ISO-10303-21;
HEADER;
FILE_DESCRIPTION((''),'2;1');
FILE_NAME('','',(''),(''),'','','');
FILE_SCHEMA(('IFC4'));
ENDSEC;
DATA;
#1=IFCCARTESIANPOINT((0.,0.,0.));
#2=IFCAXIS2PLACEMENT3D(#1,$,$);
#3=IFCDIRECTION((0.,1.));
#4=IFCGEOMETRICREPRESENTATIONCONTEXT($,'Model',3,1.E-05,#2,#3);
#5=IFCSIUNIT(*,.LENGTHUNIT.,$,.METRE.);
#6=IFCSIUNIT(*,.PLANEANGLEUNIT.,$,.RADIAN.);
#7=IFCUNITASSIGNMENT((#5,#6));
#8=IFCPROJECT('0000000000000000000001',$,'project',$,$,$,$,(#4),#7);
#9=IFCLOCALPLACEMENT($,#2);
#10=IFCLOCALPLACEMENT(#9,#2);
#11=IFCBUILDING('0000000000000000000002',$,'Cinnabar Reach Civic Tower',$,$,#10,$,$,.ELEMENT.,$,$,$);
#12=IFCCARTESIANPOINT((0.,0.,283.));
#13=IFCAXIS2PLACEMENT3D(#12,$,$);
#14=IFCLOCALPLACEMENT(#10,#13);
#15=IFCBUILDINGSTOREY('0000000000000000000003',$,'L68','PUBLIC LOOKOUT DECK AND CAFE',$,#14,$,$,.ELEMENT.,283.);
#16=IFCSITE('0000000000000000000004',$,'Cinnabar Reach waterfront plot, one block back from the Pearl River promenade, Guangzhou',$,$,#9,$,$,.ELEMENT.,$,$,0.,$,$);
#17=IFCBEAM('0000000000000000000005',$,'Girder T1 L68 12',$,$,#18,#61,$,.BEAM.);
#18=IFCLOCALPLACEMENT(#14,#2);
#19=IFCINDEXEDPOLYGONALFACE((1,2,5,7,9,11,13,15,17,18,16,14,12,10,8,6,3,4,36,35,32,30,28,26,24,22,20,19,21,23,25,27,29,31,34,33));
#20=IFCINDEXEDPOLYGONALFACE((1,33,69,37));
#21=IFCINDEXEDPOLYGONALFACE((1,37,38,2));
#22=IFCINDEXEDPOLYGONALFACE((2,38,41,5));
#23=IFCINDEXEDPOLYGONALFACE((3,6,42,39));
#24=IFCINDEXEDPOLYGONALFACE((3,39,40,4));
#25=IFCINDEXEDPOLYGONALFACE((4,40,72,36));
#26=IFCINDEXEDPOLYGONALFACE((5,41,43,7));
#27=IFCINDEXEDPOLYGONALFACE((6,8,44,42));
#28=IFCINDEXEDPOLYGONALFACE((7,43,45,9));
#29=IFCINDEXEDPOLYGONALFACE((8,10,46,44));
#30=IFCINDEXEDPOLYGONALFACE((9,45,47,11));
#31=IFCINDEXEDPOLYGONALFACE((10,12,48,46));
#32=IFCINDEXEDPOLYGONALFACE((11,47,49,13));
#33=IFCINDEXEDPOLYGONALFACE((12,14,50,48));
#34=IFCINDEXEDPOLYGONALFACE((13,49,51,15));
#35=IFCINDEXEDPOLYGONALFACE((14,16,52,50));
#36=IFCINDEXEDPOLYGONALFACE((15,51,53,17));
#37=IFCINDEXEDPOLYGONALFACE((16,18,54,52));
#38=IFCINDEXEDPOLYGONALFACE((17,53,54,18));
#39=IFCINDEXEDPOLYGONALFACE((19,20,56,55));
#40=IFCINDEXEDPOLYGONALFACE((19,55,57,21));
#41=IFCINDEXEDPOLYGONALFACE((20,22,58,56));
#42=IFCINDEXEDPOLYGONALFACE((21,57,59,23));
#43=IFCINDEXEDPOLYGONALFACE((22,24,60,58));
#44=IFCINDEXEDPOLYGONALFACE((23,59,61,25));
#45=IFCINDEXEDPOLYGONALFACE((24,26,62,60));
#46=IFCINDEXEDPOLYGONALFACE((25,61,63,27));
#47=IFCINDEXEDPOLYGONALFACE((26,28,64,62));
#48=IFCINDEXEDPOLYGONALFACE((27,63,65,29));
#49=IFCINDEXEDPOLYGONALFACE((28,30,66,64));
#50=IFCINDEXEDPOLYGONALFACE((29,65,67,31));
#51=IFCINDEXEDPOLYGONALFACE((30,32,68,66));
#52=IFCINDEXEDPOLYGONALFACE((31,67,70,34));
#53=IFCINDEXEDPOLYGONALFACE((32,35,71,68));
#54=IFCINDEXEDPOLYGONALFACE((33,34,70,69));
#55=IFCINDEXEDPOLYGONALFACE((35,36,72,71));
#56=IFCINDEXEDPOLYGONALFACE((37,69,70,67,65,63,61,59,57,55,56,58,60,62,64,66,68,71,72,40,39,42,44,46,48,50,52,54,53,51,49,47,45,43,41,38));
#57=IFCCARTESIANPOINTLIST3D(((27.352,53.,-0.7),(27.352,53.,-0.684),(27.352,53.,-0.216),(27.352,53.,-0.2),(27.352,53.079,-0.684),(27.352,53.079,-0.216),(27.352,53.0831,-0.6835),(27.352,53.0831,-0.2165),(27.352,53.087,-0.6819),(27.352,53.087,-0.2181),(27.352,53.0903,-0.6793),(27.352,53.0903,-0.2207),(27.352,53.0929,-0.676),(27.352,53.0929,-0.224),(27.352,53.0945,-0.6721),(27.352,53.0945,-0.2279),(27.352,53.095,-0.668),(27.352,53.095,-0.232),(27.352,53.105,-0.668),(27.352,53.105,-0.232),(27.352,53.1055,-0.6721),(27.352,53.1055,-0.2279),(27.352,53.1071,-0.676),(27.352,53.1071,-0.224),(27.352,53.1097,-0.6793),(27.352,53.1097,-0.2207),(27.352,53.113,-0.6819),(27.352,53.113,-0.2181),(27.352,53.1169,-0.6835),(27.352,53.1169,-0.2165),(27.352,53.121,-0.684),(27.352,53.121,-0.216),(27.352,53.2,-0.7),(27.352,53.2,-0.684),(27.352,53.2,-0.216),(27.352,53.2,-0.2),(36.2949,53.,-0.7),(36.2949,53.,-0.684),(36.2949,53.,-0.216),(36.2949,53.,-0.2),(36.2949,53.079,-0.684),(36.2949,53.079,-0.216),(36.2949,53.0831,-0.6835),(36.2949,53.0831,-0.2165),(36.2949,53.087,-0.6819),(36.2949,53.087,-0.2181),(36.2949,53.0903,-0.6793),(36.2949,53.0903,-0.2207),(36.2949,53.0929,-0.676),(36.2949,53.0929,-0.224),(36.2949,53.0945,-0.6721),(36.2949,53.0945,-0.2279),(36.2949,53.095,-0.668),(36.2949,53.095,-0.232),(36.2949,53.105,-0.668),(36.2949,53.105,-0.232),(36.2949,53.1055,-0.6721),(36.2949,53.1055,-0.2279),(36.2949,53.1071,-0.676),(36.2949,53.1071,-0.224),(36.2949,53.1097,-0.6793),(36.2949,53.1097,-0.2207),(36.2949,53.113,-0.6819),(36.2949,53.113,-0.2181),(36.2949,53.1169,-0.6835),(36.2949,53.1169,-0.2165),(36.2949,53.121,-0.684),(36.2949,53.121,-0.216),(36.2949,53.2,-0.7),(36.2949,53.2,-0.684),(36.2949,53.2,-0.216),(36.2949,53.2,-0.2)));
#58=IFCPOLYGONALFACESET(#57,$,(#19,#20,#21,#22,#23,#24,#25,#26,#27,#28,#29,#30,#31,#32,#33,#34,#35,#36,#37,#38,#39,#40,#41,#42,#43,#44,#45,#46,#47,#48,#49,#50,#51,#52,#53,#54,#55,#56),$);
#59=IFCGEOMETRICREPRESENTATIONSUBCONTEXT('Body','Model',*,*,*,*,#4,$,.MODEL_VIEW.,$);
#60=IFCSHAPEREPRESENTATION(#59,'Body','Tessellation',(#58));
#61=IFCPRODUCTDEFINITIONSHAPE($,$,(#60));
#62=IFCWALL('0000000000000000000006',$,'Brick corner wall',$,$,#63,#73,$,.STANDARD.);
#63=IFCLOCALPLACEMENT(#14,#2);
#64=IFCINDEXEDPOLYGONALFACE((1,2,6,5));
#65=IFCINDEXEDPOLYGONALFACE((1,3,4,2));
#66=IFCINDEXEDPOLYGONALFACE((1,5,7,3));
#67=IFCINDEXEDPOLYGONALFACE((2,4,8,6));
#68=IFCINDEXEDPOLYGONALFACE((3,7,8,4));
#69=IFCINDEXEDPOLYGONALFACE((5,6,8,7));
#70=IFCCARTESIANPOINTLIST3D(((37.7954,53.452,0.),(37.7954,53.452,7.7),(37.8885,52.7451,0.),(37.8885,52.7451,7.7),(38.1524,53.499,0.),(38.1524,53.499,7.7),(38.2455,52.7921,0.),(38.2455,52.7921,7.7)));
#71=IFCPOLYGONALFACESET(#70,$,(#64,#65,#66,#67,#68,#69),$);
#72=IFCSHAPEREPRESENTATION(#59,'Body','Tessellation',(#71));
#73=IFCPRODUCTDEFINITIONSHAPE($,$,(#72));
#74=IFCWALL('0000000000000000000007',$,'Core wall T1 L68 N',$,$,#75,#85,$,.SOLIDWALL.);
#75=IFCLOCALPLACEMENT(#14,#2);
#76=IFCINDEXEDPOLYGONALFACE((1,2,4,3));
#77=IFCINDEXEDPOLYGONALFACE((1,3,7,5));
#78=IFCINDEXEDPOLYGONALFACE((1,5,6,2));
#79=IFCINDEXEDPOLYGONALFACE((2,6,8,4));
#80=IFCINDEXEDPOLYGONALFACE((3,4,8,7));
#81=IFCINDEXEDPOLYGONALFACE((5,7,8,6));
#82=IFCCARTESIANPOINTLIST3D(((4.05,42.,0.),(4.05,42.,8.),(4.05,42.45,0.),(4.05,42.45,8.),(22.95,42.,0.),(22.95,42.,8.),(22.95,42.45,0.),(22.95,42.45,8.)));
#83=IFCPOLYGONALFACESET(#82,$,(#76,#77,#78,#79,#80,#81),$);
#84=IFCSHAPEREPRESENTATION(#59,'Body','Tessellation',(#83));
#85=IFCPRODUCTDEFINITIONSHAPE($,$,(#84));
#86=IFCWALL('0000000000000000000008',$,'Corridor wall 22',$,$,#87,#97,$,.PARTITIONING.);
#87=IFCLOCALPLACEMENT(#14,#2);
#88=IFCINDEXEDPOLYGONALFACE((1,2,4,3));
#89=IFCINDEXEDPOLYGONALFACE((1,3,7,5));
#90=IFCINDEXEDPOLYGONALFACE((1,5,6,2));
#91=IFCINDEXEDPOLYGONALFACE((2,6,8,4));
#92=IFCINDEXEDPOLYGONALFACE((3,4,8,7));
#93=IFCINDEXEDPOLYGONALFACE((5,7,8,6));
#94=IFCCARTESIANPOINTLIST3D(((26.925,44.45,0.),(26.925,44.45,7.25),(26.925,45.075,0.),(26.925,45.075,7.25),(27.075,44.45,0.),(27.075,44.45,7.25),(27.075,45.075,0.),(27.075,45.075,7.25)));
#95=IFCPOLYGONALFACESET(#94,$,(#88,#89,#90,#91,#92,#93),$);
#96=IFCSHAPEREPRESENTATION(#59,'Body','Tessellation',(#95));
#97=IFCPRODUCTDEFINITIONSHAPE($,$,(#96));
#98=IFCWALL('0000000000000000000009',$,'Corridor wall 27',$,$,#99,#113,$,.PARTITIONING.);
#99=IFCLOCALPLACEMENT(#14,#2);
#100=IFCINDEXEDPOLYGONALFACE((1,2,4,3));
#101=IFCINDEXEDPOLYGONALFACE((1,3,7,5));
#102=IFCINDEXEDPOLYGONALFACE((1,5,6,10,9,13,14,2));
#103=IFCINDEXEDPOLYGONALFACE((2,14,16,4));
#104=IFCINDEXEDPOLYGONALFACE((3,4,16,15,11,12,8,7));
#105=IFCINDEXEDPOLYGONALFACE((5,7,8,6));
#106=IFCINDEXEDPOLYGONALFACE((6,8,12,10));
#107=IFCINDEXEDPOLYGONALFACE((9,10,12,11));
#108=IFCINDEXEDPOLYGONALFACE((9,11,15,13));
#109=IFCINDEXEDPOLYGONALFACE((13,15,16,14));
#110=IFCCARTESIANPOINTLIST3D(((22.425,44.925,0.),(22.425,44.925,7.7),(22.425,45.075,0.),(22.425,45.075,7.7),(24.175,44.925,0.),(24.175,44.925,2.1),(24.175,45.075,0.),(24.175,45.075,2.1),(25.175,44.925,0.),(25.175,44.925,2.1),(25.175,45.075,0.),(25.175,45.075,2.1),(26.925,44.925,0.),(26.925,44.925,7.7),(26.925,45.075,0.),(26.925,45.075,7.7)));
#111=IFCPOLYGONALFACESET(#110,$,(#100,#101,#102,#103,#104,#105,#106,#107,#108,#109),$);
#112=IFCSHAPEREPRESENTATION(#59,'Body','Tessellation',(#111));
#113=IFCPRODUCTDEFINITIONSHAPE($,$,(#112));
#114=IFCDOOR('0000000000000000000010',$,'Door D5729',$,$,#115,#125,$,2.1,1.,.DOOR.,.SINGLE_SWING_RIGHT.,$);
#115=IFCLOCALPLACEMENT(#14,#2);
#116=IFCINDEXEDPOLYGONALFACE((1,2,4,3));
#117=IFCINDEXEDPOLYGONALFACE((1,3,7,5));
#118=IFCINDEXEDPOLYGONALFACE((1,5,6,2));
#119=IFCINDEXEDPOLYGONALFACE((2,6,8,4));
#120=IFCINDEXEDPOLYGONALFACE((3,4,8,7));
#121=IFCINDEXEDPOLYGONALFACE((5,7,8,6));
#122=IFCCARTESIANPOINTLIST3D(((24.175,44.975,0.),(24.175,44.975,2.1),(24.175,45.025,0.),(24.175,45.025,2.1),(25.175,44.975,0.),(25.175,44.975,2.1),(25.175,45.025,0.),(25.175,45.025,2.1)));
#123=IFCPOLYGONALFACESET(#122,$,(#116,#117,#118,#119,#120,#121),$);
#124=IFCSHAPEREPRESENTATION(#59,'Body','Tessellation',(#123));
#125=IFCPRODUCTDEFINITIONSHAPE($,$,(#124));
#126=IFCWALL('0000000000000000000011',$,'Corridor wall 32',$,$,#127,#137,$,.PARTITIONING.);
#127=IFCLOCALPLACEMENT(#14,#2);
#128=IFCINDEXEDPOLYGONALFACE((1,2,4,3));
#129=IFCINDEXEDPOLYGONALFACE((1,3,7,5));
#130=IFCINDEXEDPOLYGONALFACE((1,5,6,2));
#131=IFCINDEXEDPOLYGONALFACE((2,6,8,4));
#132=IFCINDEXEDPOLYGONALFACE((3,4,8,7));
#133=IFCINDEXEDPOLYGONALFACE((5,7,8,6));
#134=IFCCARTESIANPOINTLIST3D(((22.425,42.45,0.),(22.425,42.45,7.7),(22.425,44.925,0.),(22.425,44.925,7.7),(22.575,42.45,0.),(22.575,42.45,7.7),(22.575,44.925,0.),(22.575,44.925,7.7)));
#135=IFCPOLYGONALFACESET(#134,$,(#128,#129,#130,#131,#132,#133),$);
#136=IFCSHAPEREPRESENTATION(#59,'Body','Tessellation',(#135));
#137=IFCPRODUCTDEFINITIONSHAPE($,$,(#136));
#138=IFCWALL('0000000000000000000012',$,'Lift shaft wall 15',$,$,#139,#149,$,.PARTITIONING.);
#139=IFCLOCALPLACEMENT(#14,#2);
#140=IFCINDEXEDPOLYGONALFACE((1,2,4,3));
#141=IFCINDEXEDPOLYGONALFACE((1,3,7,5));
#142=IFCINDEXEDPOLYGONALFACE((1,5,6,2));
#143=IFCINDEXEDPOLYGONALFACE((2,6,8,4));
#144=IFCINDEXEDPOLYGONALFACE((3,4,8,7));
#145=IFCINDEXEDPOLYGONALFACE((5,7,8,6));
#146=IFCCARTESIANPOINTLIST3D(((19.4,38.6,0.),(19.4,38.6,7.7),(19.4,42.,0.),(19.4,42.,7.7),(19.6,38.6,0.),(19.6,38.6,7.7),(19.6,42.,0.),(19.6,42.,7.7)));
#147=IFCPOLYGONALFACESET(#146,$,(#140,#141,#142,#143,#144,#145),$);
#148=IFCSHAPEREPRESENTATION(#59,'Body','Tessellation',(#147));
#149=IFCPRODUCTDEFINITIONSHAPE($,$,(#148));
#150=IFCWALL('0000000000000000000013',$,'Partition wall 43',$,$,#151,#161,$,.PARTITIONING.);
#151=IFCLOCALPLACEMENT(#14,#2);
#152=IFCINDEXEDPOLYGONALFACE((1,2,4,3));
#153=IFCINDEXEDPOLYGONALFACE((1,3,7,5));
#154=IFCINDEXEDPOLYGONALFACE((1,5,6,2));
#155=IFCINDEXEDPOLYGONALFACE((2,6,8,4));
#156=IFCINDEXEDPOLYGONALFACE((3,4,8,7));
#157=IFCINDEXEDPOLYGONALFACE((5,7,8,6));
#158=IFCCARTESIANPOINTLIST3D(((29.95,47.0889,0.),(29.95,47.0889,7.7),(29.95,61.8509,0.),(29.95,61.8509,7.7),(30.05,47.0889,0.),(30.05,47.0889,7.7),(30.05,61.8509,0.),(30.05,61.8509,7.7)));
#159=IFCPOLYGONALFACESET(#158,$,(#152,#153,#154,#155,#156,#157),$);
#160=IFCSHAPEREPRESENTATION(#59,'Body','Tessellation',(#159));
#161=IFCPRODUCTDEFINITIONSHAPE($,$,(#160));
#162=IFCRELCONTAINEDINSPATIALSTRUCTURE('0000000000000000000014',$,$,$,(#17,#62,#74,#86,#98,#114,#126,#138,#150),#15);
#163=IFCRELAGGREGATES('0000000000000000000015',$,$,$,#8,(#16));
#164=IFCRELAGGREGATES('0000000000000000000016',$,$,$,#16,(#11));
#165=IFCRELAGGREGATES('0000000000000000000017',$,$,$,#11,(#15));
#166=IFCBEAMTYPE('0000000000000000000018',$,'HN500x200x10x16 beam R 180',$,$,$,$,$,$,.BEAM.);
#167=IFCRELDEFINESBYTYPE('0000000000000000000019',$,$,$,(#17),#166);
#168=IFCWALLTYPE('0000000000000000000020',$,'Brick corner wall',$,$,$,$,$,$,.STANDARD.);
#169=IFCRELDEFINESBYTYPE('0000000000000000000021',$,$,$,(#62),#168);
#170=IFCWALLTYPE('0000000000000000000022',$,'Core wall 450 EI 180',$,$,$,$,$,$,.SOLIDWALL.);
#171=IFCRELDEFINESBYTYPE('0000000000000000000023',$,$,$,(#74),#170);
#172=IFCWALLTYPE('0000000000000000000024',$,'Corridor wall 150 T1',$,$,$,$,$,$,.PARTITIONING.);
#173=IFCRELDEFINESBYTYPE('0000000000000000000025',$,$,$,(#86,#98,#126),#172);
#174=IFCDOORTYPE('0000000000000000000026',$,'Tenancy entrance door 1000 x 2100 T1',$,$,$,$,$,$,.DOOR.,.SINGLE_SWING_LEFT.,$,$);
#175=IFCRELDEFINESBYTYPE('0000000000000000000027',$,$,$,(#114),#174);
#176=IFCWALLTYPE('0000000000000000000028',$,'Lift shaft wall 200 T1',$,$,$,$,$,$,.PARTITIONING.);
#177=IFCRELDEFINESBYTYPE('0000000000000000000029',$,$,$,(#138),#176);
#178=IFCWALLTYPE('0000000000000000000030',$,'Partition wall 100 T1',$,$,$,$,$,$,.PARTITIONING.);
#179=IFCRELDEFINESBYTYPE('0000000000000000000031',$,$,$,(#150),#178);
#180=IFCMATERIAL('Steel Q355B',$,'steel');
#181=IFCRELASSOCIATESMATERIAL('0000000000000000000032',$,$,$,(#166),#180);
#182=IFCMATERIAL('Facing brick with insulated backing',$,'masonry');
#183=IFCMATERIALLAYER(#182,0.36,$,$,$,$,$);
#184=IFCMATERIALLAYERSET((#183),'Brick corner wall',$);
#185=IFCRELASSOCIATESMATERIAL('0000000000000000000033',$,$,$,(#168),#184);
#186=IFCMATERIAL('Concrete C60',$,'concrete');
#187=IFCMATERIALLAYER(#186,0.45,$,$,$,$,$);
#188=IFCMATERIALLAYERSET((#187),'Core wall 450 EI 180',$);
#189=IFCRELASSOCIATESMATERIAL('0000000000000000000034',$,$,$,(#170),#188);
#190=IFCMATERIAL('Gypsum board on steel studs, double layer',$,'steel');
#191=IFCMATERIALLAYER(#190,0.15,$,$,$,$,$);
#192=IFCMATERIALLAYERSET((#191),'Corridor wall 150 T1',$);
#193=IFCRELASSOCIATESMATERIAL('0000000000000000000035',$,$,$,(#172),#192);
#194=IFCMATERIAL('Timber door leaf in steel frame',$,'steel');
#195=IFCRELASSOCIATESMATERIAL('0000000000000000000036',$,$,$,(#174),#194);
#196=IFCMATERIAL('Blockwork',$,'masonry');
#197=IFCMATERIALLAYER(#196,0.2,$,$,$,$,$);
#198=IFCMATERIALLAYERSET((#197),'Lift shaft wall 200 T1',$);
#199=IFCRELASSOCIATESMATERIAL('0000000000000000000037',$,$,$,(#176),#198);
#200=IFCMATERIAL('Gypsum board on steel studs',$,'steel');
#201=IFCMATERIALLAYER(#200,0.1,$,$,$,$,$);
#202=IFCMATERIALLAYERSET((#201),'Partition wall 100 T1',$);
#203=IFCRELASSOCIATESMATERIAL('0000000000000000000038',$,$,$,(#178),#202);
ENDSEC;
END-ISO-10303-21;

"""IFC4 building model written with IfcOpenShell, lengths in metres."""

from ifc_helpers import new_model, si_unit, direction, frame, frame_2d, origin, origin_2d, place, context, subcontext, project, spatial, rectangle, i_section, extrude, material, layer, layer_set, material_profile, profile_set, type_object, element, fill, save


model = new_model("IFC4")

# Units and contexts
model_context = context("Model", 3, precision=1e-05, world=origin(), true_north=direction((0.0, 1.0)))
body_context = subcontext(model_context, "Body", "Model", "MODEL_VIEW")
ifc_project = project(units=[si_unit("LENGTHUNIT", "METRE"), si_unit("PLANEANGLEUNIT", "RADIAN")], contexts=[model_context])

# Site, building, storey
site_placement = place(None, origin())
site = spatial("IfcSite", under=ifc_project, at=site_placement, Name="Cinnabar Reach waterfront plot, one block back from the Pearl River promenade, Guangzhou", CompositionType="ELEMENT", RefElevation=0.0)
building_placement = place(site_placement, origin())
building = spatial("IfcBuilding", under=site, at=building_placement, Name="Cinnabar Reach Civic Tower", CompositionType="ELEMENT")
storey_placement = place(building_placement, frame((0.0, 0.0, 283.0)))
storey = spatial("IfcBuildingStorey", under=building, at=storey_placement, Name="L68", Description="PUBLIC LOOKOUT DECK AND CAFE", CompositionType="ELEMENT", Elevation=283.0)

# Shared definitions
ifc_material_1 = material(Name="Concrete C60", Category="concrete")

# Beam
ifc_material_2 = material(Name="Steel Q355B", Category="steel")
ifc_material_profile_1 = material_profile(ifc_material_2, i_section(OverallWidth=0.2, OverallDepth=0.5, WebThickness=0.01, FlangeThickness=0.016, FilletRadius=0.016, at=origin_2d()), Name="HN500x200x10x16")
ifc_profile_set_1 = profile_set([ifc_material_profile_1], Name="Steel Q355B")
beam_type_1 = type_object("IfcBeamType", Name="HN500x200x10x16 beam R 180", PredefinedType="BEAM", material=ifc_profile_set_1)
beam_1_placement = place(storey_placement, frame((27.352, 53.1, -0.45), z_axis=(1.0, 0.0, 0.0), x_axis=(0.0, 1.0, 0.0)))
element("IfcBeam", 1, at=beam_1_placement, inside=storey, type_object=beam_type_1, Name="Girder T1 L68 12", PredefinedType="BEAM", context=body_context, shape_type="SweptSolid", body=[
    extrude(i_section(OverallWidth=0.2, OverallDepth=0.5, WebThickness=0.01, FlangeThickness=0.016, FilletRadius=0.016, at=origin_2d()), origin(), (0.0, 0.0, 1.0), 8.9429),
])

# Walls
ifc_material_3 = material(Name="Facing brick with insulated backing", Category="masonry")
ifc_layer_1 = layer(ifc_material_3, 0.36)
ifc_layer_set_1 = layer_set([ifc_layer_1], Name="Brick corner wall")
wall_type_1 = type_object("IfcWallType", Name="Brick corner wall", PredefinedType="STANDARD", material=ifc_layer_set_1)
wall_1_placement = place(storey_placement, frame((38.067, 52.7686, 0.0), z_axis=(0.0, 0.0, 1.0), x_axis=(-0.130556, 0.991441, 0.0)))
element("IfcWall", 2, at=wall_1_placement, inside=storey, type_object=wall_type_1, Name="Brick corner wall", PredefinedType="STANDARD", context=body_context, shape_type="SweptSolid", body=[
    extrude(rectangle(XDim=0.7131, YDim=0.36, at=frame_2d((0.3565, 0.0))), origin(), (0.0, 0.0, 1.0), 7.7),
])
ifc_layer_2 = layer(ifc_material_1, 0.45)
ifc_layer_set_2 = layer_set([ifc_layer_2], Name="Core wall 450 EI 180")
wall_type_2 = type_object("IfcWallType", Name="Core wall 450 EI 180", PredefinedType="SOLIDWALL", material=ifc_layer_set_2)
wall_2_placement = place(storey_placement, frame((22.95, 42.225, 0.0), z_axis=(0.0, 0.0, 1.0), x_axis=(-1.0, 0.0, 0.0)))
element("IfcWall", 3, at=wall_2_placement, inside=storey, type_object=wall_type_2, Name="Core wall T1 L68 N", PredefinedType="SOLIDWALL", context=body_context, shape_type="SweptSolid", body=[
    extrude(rectangle(XDim=18.9, YDim=0.45, at=frame_2d((9.45, 0.0))), origin(), (0.0, 0.0, 1.0), 8.0),
])
ifc_material_4 = material(Name="Gypsum board on steel studs, double layer", Category="steel")
ifc_layer_3 = layer(ifc_material_4, 0.15)
ifc_layer_set_3 = layer_set([ifc_layer_3], Name="Corridor wall 150 T1")
wall_type_3 = type_object("IfcWallType", Name="Corridor wall 150 T1", PredefinedType="PARTITIONING", material=ifc_layer_set_3)
wall_3_placement = place(storey_placement, frame((27.0, 44.45, 0.0), z_axis=(0.0, 0.0, 1.0), x_axis=(0.0, 1.0, 0.0)))
element("IfcWall", 4, at=wall_3_placement, inside=storey, type_object=wall_type_3, Name="Corridor wall 22", PredefinedType="PARTITIONING", context=body_context, shape_type="SweptSolid", body=[
    extrude(rectangle(XDim=0.625, YDim=0.15, at=frame_2d((0.3125, 0.0))), origin(), (0.0, 0.0, 1.0), 7.25),
])

# Wall, opening, door
wall_4_placement = place(storey_placement, frame((22.425, 45.0, 0.0), z_axis=(0.0, 0.0, 1.0), x_axis=(1.0, 0.0, 0.0)))
wall_4 = element("IfcWall", 5, at=wall_4_placement, inside=storey, type_object=wall_type_3, Name="Corridor wall 27", PredefinedType="PARTITIONING", context=body_context, shape_type="SweptSolid", body=[
    extrude(rectangle(XDim=4.5, YDim=0.15, at=frame_2d((2.25, 0.0))), origin(), (0.0, 0.0, 1.0), 7.7),
])
opening_1_placement = place(wall_4_placement, frame((1.75, 0.0, 0.0)))
opening_1 = element("IfcOpeningElement", 6, at=opening_1_placement, cuts=wall_4, PredefinedType="OPENING", context=body_context, shape_type="SweptSolid", body=[
    extrude(rectangle(XDim=1.0, YDim=2.1, at=frame_2d((0.5, 1.05))), frame((0.0, 0.085, 0.0), z_axis=(0.0, -1.0, 0.0), x_axis=(1.0, 0.0, 0.0)), (0.0, 0.0, 1.0), 0.17),
])
ifc_material_5 = material(Name="Timber door leaf in steel frame", Category="steel")
door_type_1 = type_object("IfcDoorType", Name="Tenancy entrance door 1000 x 2100 T1", OperationType="SINGLE_SWING_LEFT", PredefinedType="DOOR", material=ifc_material_5)
door_1_placement = place(opening_1_placement, origin())
door_1 = element("IfcDoor", 7, at=door_1_placement, inside=storey, type_object=door_type_1, Name="Door D5729", OperationType="SINGLE_SWING_RIGHT", OverallHeight=2.1, OverallWidth=1.0, PredefinedType="DOOR", context=body_context, shape_type="SweptSolid", body=[
    extrude(rectangle(XDim=1.0, YDim=2.1, at=frame_2d((0.5, 1.05))), frame((0.0, 0.025, 0.0), z_axis=(0.0, -1.0, 0.0), x_axis=(1.0, 0.0, 0.0)), (0.0, 0.0, 1.0), 0.05),
])
fill(opening_1, door_1)

# Walls
wall_5_placement = place(storey_placement, frame((22.5, 42.45, 0.0), z_axis=(0.0, 0.0, 1.0), x_axis=(0.0, 1.0, 0.0)))
element("IfcWall", 8, at=wall_5_placement, inside=storey, type_object=wall_type_3, Name="Corridor wall 32", PredefinedType="PARTITIONING", context=body_context, shape_type="SweptSolid", body=[
    extrude(rectangle(XDim=2.475, YDim=0.15, at=frame_2d((1.2375, 0.0))), origin(), (0.0, 0.0, 1.0), 7.7),
])
ifc_material_6 = material(Name="Blockwork", Category="masonry")
ifc_layer_4 = layer(ifc_material_6, 0.2)
ifc_layer_set_4 = layer_set([ifc_layer_4], Name="Lift shaft wall 200 T1")
wall_type_4 = type_object("IfcWallType", Name="Lift shaft wall 200 T1", PredefinedType="PARTITIONING", material=ifc_layer_set_4)
wall_6_placement = place(storey_placement, frame((19.5, 38.6, 0.0), z_axis=(0.0, 0.0, 1.0), x_axis=(0.0, 1.0, 0.0)))
element("IfcWall", 9, at=wall_6_placement, inside=storey, type_object=wall_type_4, Name="Lift shaft wall 15", PredefinedType="PARTITIONING", context=body_context, shape_type="SweptSolid", body=[
    extrude(rectangle(XDim=3.4, YDim=0.2, at=frame_2d((1.7, 0.0))), origin(), (0.0, 0.0, 1.0), 7.7),
])
ifc_material_7 = material(Name="Gypsum board on steel studs", Category="steel")
ifc_layer_5 = layer(ifc_material_7, 0.1)
ifc_layer_set_5 = layer_set([ifc_layer_5], Name="Partition wall 100 T1")
wall_type_5 = type_object("IfcWallType", Name="Partition wall 100 T1", PredefinedType="PARTITIONING", material=ifc_layer_set_5)
wall_7_placement = place(storey_placement, frame((30.0, 47.0889, 0.0), z_axis=(0.0, 0.0, 1.0), x_axis=(0.0, 1.0, 0.0)))
element("IfcWall", 10, at=wall_7_placement, inside=storey, type_object=wall_type_5, Name="Partition wall 43", PredefinedType="PARTITIONING", context=body_context, shape_type="SweptSolid", body=[
    extrude(rectangle(XDim=14.762, YDim=0.1, at=frame_2d((7.381, 0.0))), origin(), (0.0, 0.0, 1.0), 7.7),
])

save(model, "model.ifc")
